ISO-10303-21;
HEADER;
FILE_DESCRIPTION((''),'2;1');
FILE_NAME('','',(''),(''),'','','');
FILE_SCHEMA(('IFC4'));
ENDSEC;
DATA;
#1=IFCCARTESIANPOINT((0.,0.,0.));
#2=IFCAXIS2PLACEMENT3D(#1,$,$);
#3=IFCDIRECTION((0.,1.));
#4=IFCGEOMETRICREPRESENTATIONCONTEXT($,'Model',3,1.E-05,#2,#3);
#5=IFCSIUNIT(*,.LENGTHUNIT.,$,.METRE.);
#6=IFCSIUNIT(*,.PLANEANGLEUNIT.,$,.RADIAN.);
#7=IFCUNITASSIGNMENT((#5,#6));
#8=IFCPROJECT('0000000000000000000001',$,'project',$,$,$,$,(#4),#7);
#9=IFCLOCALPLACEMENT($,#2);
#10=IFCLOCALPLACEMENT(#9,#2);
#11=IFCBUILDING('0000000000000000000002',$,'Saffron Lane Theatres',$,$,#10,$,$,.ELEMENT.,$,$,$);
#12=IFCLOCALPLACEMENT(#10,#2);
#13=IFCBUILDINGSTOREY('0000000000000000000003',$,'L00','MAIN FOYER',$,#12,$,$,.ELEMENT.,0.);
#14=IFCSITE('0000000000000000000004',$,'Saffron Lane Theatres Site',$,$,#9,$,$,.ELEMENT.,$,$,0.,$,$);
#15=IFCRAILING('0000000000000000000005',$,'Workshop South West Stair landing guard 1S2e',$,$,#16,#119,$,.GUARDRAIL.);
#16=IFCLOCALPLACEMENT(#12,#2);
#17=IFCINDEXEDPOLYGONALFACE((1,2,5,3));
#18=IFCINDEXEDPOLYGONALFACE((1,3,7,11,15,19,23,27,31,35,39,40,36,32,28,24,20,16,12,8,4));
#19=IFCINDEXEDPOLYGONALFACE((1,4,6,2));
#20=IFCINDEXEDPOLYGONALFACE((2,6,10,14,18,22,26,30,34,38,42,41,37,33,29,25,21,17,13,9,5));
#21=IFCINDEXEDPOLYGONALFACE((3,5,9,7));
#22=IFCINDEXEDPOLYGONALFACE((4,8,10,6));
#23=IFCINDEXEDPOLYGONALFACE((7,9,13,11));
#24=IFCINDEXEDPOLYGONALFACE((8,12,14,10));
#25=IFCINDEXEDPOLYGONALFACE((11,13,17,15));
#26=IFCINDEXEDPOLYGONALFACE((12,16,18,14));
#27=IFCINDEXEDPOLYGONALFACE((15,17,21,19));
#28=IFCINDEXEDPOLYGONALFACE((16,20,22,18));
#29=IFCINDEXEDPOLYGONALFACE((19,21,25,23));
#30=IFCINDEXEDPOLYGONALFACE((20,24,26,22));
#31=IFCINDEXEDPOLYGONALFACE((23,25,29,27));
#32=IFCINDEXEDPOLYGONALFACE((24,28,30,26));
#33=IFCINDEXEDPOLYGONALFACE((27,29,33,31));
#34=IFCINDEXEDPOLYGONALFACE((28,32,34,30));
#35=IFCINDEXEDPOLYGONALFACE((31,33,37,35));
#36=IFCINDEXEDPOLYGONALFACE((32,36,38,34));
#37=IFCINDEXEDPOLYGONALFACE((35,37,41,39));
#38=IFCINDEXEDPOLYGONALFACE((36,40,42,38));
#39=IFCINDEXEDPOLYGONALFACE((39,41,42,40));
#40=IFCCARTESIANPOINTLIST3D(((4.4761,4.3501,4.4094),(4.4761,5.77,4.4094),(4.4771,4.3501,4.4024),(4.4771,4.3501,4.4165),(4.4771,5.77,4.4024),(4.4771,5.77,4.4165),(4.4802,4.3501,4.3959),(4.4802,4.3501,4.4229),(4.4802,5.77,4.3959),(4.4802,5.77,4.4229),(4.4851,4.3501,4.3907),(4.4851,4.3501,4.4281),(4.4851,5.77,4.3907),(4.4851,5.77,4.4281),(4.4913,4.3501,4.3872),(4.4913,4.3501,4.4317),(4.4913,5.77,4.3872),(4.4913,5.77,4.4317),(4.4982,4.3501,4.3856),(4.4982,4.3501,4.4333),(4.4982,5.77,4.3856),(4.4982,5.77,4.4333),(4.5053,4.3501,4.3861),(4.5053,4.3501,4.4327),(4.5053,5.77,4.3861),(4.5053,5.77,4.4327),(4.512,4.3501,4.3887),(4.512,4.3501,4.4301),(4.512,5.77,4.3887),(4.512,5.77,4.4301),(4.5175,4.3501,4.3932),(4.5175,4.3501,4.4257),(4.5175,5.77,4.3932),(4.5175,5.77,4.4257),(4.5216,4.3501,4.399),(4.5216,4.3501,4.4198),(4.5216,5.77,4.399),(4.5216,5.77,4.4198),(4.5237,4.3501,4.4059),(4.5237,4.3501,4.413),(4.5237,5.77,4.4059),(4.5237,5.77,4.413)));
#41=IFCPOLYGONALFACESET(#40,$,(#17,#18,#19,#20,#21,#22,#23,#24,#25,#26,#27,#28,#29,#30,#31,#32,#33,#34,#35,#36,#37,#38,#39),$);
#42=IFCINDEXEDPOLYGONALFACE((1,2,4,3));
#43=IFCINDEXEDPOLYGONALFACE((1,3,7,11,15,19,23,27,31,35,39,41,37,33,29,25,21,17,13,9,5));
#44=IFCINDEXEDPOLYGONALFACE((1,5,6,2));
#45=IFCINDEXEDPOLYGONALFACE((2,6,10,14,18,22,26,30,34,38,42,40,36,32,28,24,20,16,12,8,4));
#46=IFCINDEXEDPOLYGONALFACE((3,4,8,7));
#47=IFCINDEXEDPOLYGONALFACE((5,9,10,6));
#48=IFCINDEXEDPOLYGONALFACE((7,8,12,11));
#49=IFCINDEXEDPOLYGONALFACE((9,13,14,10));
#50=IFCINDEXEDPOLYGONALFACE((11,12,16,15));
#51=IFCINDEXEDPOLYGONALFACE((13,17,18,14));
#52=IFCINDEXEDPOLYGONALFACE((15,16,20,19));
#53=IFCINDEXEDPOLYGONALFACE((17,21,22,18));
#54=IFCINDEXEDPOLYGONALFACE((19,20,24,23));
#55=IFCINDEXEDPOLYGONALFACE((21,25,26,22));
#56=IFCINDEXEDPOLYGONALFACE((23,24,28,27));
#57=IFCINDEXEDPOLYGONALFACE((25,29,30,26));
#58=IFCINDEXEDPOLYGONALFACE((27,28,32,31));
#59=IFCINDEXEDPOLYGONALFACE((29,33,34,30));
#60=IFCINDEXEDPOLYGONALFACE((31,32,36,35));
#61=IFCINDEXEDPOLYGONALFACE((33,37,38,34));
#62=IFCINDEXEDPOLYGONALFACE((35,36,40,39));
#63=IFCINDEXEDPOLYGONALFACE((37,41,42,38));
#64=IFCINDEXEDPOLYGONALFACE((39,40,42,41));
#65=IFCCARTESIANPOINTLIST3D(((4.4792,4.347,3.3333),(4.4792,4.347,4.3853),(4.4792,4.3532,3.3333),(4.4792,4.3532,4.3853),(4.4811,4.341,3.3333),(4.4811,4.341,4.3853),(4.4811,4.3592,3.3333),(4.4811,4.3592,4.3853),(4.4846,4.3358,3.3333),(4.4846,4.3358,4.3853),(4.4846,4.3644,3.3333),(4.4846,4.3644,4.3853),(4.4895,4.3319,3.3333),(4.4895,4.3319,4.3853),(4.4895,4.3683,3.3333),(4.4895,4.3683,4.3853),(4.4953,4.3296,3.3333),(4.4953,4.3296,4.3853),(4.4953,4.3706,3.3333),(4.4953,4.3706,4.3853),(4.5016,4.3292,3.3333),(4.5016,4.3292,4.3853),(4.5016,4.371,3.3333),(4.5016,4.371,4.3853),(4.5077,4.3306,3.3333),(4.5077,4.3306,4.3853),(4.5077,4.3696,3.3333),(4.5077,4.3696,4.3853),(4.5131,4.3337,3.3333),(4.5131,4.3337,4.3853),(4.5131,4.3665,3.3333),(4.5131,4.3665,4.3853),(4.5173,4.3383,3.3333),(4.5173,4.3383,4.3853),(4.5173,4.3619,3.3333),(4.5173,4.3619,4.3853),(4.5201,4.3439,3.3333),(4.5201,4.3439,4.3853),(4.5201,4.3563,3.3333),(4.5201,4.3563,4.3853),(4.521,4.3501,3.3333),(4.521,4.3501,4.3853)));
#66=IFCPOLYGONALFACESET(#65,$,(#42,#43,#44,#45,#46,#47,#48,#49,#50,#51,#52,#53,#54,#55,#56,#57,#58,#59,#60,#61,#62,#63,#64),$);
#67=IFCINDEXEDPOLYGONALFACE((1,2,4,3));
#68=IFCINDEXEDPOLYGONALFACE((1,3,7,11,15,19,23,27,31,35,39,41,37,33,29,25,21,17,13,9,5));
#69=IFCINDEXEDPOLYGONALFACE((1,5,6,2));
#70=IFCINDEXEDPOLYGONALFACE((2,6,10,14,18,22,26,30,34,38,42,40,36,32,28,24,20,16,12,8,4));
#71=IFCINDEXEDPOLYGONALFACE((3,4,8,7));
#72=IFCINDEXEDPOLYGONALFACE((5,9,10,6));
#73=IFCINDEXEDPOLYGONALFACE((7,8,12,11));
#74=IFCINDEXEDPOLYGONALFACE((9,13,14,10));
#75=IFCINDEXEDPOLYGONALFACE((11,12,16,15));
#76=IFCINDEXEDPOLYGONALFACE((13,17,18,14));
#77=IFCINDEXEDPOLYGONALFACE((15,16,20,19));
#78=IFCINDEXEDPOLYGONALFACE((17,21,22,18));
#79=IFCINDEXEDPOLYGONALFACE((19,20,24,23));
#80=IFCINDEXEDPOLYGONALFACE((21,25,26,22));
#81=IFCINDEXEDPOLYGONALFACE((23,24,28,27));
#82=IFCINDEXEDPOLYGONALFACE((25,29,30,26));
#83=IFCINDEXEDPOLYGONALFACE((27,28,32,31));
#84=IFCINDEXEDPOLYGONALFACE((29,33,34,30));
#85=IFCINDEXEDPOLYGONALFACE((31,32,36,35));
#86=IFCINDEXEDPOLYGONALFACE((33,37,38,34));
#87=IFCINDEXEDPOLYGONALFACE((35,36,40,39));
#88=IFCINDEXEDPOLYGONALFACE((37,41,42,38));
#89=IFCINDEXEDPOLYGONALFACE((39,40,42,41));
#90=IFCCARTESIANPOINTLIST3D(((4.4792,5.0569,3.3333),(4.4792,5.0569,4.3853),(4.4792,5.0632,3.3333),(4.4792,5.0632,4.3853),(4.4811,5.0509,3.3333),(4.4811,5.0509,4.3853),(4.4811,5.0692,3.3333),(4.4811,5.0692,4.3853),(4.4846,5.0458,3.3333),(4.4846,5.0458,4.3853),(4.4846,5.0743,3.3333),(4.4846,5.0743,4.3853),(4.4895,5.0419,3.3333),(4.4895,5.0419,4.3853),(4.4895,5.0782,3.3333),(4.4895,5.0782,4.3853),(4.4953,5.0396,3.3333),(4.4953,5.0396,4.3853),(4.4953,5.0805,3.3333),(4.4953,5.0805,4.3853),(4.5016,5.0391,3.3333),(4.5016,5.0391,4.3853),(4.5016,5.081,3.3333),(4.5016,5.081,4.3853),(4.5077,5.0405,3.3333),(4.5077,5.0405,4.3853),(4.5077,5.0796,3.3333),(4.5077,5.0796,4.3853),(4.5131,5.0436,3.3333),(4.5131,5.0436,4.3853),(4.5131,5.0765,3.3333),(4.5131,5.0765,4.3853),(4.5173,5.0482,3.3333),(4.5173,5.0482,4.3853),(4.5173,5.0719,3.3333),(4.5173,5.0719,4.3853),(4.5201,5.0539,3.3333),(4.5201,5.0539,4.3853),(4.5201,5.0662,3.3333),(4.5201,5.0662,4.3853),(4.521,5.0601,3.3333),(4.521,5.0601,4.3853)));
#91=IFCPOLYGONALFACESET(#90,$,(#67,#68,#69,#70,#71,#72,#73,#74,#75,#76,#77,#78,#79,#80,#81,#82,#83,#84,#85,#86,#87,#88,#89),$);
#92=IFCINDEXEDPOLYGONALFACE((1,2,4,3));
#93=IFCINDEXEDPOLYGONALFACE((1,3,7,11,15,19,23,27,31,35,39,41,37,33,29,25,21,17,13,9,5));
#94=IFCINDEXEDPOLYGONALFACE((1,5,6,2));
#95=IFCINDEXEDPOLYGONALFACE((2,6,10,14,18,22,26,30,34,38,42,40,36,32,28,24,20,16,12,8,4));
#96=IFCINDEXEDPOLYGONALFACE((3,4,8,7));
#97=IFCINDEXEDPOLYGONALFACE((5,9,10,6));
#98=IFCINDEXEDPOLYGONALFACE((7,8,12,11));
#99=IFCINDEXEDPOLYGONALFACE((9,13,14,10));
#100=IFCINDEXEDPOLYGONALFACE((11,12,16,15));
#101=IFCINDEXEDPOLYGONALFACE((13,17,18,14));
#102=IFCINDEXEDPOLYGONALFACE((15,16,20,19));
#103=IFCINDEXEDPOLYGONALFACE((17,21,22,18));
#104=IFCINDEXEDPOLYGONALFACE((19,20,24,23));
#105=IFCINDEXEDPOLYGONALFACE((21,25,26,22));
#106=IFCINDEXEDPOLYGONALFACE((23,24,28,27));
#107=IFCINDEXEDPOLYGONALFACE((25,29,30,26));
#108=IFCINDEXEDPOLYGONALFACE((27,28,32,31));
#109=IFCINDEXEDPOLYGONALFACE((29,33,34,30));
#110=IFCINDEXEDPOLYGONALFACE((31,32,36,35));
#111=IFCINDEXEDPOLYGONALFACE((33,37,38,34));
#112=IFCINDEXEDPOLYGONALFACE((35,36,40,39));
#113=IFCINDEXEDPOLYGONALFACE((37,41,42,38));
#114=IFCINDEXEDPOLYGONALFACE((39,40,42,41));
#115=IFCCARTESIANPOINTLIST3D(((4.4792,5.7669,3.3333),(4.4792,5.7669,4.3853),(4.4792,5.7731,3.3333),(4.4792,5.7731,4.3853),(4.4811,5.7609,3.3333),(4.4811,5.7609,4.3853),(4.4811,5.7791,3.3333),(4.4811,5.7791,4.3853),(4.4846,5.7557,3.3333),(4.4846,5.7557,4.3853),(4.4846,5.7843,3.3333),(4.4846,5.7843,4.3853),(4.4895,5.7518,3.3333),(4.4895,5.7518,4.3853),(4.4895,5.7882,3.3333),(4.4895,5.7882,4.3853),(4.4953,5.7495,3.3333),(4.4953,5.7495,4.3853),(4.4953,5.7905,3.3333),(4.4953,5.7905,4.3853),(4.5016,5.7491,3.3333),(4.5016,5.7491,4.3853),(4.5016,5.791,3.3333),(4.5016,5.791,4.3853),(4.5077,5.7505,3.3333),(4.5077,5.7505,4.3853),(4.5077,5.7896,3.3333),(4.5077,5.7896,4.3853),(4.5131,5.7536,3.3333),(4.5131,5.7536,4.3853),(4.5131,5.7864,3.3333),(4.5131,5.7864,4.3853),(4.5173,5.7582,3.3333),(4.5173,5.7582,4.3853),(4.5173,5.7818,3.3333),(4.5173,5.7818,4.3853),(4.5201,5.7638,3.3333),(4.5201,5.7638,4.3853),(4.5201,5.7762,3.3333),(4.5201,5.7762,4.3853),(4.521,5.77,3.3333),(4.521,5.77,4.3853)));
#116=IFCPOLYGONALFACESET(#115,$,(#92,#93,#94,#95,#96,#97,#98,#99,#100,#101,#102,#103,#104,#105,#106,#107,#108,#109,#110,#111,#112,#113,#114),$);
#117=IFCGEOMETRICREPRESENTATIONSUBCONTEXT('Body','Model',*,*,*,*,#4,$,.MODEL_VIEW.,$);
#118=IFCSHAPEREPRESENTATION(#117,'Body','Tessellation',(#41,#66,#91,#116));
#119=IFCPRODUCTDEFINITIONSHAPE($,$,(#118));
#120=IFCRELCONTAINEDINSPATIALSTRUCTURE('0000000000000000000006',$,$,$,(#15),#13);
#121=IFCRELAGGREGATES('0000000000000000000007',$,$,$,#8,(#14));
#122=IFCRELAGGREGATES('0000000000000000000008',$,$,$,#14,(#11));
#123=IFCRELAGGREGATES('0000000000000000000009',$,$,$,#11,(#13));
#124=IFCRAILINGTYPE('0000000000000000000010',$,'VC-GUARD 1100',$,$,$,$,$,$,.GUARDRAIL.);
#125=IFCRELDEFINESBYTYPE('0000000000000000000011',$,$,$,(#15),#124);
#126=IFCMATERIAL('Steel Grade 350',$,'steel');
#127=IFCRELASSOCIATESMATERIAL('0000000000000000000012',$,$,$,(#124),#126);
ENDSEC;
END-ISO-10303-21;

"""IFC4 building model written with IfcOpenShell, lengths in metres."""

from ifc_helpers import new_model, si_unit, direction, frame, origin, origin_2d, place, context, subcontext, project, spatial, circle, extrude, material, type_object, element, save


model = new_model("IFC4")

# Units and contexts
model_context = context("Model", 3, precision=1e-05, world=origin(), true_north=direction((0.0, 1.0)))
body_context = subcontext(model_context, "Body", "Model", "MODEL_VIEW")
ifc_project = project(units=[si_unit("LENGTHUNIT", "METRE"), si_unit("PLANEANGLEUNIT", "RADIAN")], contexts=[model_context])

# Site, building, storey
site_placement = place(None, origin())
site = spatial("IfcSite", under=ifc_project, at=site_placement, Name="Saffron Lane Theatres Site", CompositionType="ELEMENT", RefElevation=0.0)
building_placement = place(site_placement, origin())
building = spatial("IfcBuilding", under=site, at=building_placement, Name="Saffron Lane Theatres", CompositionType="ELEMENT")
storey_placement = place(building_placement, origin())
storey = spatial("IfcBuildingStorey", under=building, at=storey_placement, Name="L00", Description="MAIN FOYER", CompositionType="ELEMENT", Elevation=0.0)

# Railing
ifc_material_1 = material(Name="Steel Grade 350", Category="steel")
railing_type_1 = type_object("IfcRailingType", Name="VC-GUARD 1100", PredefinedType="GUARDRAIL", material=ifc_material_1)
railing_1_placement = place(storey_placement, frame((4.5, 4.3501, 3.3333)))
element("IfcRailing", 1, at=railing_1_placement, inside=storey, type_object=railing_type_1, Name="Workshop South West Stair landing guard 1S2e", PredefinedType="GUARDRAIL", context=body_context, shape_type="SweptSolid", body=[
    extrude(circle(Radius=0.0239, at=origin_2d()), frame((0.0, 0.0, 1.0762), z_axis=(0.0, 1.0, 0.0), x_axis=(-1.0, 0.0, 0.0)), (0.0, 0.0, 1.0), 1.4199),
    extrude(circle(Radius=0.021, at=origin_2d()), origin(), (0.0, 0.0, 1.0), 1.052),
    extrude(circle(Radius=0.021, at=origin_2d()), frame((0.0, 0.71, 0.0)), (0.0, 0.0, 1.0), 1.052),
    extrude(circle(Radius=0.021, at=origin_2d()), frame((0.0, 1.4199, 0.0)), (0.0, 0.0, 1.0), 1.052),
])

save(model, "model.ifc")
